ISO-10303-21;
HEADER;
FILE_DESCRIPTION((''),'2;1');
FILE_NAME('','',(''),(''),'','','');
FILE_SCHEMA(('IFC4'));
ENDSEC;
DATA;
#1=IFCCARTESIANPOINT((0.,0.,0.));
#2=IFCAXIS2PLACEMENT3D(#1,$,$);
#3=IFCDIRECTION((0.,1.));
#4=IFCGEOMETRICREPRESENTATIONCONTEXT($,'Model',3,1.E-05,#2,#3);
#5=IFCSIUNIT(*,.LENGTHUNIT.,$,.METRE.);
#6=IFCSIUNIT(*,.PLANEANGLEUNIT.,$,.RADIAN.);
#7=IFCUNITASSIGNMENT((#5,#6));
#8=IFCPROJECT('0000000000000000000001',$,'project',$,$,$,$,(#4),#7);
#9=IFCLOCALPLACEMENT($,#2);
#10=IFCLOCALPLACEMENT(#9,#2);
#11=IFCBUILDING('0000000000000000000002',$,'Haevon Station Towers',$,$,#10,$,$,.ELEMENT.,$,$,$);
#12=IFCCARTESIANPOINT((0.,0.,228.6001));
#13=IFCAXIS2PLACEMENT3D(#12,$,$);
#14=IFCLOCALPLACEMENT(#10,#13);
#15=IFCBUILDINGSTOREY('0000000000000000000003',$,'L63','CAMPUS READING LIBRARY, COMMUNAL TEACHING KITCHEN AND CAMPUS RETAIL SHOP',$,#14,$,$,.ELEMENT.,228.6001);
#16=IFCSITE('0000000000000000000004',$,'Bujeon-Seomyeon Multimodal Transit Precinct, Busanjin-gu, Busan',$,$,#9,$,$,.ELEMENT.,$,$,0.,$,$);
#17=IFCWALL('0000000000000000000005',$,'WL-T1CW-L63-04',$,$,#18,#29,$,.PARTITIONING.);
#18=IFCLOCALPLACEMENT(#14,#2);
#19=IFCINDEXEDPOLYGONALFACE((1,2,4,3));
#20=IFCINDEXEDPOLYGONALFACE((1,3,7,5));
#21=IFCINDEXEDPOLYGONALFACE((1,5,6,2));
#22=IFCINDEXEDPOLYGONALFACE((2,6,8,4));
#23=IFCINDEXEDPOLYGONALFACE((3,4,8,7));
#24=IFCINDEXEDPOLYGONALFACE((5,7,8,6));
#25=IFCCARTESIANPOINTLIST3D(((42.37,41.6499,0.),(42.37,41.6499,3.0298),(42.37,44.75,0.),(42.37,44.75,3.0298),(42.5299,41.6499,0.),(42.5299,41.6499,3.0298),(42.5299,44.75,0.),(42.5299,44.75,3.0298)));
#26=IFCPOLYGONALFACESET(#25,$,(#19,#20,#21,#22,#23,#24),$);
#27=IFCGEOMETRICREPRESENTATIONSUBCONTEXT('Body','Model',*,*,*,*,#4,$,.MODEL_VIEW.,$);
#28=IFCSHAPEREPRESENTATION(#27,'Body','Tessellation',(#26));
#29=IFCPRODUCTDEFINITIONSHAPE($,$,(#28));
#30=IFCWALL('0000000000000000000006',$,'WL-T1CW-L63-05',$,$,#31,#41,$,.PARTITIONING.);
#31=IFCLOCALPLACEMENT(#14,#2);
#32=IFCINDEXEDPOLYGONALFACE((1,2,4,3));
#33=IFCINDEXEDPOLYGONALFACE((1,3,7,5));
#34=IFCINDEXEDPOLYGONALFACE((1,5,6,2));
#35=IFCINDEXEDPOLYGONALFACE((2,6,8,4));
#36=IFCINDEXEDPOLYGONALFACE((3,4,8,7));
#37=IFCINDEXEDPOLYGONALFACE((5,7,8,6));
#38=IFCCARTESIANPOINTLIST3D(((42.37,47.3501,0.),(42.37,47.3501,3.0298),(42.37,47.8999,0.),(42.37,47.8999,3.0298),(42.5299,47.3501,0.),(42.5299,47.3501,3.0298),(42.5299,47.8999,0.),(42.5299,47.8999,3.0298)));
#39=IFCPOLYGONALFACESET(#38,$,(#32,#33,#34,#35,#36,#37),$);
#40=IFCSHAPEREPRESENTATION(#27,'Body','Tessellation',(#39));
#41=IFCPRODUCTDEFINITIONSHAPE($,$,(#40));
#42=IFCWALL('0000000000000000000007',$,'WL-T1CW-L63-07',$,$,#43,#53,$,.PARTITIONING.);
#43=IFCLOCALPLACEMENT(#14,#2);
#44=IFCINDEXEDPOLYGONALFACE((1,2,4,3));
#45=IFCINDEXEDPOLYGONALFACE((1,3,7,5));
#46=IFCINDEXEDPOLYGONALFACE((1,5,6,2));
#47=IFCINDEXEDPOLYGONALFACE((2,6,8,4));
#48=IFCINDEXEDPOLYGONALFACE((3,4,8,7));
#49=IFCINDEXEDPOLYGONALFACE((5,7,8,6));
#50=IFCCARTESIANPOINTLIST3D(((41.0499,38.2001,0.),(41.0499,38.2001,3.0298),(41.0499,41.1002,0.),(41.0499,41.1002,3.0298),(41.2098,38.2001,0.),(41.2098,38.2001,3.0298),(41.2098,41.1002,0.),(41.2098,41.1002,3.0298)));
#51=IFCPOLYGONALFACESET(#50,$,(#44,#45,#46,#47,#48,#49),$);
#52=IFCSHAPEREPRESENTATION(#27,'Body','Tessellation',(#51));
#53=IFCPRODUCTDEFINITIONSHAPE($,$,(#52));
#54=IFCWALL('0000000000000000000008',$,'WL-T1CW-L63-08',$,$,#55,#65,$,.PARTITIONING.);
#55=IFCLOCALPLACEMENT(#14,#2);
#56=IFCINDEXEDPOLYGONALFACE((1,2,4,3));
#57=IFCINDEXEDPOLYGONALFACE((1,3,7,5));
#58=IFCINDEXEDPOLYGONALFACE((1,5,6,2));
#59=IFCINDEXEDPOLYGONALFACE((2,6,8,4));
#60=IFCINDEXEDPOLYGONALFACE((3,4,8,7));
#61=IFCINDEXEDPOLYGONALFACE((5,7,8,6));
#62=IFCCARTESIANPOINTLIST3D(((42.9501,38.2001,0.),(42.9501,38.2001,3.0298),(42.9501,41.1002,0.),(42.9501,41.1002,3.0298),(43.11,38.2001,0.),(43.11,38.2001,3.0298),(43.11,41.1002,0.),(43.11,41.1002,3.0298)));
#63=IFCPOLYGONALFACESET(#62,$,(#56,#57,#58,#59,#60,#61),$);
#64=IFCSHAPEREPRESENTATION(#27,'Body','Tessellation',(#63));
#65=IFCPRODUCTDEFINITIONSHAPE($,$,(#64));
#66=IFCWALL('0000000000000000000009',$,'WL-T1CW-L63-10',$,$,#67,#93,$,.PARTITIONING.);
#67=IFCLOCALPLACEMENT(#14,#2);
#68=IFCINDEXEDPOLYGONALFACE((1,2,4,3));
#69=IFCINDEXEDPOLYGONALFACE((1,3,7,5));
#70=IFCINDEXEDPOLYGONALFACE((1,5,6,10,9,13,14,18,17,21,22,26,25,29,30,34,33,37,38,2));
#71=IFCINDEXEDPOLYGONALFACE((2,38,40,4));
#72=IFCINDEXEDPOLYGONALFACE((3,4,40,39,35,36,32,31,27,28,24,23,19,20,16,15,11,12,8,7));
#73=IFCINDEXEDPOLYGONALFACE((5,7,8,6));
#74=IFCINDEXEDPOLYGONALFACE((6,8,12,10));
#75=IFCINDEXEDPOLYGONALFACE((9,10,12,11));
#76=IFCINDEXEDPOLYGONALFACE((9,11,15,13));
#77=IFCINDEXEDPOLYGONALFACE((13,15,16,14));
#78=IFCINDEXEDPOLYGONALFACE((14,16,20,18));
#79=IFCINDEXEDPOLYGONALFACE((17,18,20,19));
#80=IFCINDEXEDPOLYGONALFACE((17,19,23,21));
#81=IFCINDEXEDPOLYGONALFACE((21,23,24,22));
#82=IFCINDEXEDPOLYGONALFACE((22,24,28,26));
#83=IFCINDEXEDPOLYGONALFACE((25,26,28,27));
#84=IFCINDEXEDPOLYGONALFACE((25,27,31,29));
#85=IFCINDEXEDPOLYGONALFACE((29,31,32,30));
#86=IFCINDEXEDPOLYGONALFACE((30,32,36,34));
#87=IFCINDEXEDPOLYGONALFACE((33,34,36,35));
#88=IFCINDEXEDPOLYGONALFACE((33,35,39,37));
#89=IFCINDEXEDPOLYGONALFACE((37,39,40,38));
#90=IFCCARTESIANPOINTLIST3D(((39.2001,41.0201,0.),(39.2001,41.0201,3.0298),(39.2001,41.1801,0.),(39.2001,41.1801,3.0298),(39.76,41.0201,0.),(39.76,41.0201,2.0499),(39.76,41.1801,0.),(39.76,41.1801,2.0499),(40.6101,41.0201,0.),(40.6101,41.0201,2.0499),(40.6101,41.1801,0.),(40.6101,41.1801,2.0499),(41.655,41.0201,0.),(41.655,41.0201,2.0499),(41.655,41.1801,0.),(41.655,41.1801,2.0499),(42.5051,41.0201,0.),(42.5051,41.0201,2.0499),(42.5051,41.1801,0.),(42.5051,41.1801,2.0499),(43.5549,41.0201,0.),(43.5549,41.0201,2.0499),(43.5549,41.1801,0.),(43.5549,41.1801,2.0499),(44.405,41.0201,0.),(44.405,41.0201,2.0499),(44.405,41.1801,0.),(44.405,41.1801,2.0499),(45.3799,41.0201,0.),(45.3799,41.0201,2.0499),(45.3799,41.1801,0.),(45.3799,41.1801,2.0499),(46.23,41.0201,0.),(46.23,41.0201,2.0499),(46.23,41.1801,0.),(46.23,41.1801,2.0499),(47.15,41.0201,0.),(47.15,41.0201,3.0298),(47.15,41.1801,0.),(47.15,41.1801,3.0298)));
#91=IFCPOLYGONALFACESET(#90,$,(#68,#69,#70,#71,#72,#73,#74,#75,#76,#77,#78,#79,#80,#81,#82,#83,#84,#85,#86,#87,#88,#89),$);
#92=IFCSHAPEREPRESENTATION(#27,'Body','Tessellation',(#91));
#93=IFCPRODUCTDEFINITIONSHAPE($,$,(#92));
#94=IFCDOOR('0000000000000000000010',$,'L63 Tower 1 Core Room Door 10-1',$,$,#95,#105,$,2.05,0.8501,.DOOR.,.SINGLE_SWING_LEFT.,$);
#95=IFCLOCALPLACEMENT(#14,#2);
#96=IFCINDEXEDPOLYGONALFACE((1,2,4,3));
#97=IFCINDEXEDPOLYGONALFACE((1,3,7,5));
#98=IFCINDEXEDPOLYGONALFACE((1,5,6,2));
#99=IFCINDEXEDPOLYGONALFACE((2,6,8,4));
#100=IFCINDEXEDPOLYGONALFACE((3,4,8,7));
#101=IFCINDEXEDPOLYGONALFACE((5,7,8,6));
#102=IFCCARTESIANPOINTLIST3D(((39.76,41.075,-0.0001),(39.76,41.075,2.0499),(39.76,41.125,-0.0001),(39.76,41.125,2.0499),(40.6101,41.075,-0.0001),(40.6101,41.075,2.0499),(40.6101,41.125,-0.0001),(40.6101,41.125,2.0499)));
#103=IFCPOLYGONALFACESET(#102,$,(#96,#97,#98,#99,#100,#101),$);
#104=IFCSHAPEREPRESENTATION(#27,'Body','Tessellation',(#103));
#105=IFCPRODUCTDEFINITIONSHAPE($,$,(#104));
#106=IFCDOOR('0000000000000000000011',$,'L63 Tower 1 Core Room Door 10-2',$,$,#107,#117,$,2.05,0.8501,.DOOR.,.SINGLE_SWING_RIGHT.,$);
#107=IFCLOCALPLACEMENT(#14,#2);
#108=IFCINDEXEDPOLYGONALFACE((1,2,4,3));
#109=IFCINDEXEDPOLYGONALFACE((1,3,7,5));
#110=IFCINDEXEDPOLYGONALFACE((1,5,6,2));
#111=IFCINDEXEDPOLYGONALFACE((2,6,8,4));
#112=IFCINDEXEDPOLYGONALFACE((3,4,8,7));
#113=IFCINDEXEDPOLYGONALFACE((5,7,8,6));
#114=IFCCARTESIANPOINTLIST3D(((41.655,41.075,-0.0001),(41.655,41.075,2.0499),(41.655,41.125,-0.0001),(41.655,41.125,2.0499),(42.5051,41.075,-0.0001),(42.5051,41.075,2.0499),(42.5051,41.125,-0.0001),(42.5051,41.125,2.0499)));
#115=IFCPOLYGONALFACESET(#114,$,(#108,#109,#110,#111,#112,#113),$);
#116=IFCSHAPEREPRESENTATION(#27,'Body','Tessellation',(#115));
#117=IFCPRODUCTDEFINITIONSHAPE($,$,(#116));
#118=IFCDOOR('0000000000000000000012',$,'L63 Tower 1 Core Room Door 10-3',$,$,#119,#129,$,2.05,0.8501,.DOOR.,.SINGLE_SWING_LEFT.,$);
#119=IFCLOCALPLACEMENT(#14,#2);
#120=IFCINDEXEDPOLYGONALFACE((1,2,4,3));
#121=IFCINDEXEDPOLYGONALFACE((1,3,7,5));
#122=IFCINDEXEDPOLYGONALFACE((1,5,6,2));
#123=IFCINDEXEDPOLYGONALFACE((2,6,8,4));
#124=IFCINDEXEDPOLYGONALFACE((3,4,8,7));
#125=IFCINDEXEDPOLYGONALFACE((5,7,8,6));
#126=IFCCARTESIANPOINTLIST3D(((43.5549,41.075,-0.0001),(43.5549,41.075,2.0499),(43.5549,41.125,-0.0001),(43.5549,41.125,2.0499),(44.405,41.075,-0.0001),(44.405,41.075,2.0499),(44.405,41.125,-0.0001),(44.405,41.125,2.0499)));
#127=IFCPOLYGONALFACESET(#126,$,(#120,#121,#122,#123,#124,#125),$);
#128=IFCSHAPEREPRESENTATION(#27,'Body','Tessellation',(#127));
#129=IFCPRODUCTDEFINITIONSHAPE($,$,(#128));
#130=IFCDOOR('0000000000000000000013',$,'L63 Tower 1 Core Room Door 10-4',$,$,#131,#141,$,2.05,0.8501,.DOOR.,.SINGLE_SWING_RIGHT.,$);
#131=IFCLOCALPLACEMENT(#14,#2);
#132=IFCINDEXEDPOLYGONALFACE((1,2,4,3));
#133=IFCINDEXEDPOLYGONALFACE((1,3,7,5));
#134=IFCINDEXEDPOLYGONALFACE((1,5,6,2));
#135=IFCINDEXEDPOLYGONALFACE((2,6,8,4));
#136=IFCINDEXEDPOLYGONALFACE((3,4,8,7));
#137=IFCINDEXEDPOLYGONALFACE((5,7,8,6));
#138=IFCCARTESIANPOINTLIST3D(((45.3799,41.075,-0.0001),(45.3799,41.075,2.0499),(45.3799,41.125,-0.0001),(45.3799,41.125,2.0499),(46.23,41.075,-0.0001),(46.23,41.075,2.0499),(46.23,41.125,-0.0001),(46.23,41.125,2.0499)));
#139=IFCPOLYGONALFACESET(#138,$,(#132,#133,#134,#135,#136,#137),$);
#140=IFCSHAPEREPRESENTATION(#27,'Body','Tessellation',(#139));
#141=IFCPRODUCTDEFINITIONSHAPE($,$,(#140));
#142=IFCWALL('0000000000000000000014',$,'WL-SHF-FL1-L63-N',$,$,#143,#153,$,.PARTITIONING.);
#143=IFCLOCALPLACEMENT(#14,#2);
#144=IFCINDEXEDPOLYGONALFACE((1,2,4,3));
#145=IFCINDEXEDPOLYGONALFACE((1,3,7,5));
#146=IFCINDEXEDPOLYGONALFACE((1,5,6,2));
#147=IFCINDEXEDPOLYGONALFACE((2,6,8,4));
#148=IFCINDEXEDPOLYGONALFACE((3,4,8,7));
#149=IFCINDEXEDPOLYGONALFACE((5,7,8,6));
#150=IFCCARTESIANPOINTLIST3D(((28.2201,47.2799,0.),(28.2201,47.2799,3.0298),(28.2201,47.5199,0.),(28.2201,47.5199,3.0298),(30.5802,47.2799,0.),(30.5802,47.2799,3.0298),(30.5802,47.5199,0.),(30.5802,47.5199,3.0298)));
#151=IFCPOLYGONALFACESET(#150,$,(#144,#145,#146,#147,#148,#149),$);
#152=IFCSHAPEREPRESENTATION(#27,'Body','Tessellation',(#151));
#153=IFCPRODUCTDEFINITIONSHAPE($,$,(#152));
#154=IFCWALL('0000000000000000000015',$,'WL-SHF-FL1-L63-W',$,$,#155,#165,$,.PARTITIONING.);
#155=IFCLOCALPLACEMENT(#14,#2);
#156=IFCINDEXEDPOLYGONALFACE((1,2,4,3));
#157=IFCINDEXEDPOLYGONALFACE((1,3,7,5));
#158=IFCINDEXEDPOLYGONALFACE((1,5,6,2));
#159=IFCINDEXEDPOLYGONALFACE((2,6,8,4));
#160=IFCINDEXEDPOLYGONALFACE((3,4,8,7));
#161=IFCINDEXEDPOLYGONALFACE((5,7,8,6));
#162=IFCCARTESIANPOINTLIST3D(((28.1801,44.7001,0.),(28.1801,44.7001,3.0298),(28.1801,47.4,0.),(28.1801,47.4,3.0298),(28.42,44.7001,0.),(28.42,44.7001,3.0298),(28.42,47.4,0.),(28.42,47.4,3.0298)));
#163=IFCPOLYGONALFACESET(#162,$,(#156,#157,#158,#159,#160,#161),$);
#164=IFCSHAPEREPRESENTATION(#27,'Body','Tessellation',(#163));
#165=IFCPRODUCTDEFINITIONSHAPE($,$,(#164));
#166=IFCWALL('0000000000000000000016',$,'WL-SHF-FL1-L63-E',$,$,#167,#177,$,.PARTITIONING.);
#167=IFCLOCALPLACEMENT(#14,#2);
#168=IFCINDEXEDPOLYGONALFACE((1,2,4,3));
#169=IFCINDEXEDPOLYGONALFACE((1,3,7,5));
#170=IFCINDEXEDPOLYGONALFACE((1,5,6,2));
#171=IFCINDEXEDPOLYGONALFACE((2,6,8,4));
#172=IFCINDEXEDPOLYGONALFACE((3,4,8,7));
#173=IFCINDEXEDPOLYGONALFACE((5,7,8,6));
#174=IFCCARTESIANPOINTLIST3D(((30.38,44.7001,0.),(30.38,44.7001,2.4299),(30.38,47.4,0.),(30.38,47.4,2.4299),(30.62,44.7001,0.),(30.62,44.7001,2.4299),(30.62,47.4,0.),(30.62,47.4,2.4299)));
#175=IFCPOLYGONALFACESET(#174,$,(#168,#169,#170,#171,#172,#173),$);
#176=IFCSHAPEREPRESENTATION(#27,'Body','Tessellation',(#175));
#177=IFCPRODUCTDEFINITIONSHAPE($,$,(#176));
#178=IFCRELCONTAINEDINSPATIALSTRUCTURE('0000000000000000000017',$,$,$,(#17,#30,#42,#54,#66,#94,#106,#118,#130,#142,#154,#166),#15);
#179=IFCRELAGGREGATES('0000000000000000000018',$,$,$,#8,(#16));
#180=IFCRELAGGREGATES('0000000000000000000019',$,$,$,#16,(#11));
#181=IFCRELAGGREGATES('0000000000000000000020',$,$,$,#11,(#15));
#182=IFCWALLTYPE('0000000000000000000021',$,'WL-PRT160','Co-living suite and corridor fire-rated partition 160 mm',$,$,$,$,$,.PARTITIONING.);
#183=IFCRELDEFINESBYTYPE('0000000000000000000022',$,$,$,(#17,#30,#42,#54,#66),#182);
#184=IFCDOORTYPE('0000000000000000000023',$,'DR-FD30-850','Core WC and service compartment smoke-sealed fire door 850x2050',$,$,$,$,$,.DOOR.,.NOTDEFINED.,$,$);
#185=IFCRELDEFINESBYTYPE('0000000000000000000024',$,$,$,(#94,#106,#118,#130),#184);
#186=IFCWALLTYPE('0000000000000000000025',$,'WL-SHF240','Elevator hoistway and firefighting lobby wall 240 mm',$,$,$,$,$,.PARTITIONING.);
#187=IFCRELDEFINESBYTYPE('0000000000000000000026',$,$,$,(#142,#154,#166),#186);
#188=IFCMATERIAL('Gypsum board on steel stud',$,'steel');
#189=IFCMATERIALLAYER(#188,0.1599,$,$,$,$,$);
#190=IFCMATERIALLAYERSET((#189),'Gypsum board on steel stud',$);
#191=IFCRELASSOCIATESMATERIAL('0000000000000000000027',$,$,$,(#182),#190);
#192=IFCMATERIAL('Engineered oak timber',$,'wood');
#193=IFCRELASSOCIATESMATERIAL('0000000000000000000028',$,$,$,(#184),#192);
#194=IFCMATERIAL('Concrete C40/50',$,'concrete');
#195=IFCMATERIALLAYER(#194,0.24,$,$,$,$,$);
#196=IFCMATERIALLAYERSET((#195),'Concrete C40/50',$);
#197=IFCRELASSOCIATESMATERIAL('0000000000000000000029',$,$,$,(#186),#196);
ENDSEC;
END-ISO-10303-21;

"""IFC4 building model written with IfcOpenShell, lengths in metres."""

from ifc_helpers import new_model, si_unit, direction, frame, frame_2d, origin, place, context, subcontext, project, spatial, rectangle, extrude, material, layer, layer_set, type_object, element, fill, save


model = new_model("IFC4")

# Units and contexts
model_context = context("Model", 3, precision=1e-05, world=origin(), true_north=direction((0.0, 1.0)))
body_context = subcontext(model_context, "Body", "Model", "MODEL_VIEW")
ifc_project = project(units=[si_unit("LENGTHUNIT", "METRE"), si_unit("PLANEANGLEUNIT", "RADIAN")], contexts=[model_context])

# Site, building, storey
site_placement = place(None, origin())
site = spatial("IfcSite", under=ifc_project, at=site_placement, Name="Bujeon-Seomyeon Multimodal Transit Precinct, Busanjin-gu, Busan", CompositionType="ELEMENT", RefElevation=0.0)
building_placement = place(site_placement, origin())
building = spatial("IfcBuilding", under=site, at=building_placement, Name="Haevon Station Towers", CompositionType="ELEMENT")
storey_placement = place(building_placement, frame((0.0, 0.0, 228.6001)))
storey = spatial("IfcBuildingStorey", under=building, at=storey_placement, Name="L63", Description="CAMPUS READING LIBRARY, COMMUNAL TEACHING KITCHEN AND CAMPUS RETAIL SHOP", CompositionType="ELEMENT", Elevation=228.6001)

# Shared definitions
ifc_material_1 = material(Name="Gypsum board on steel stud", Category="steel")
ifc_layer_1 = layer(ifc_material_1, 0.1599)
ifc_layer_set_1 = layer_set([ifc_layer_1], Name="Gypsum board on steel stud")
wall_type_1 = type_object("IfcWallType", Name="WL-PRT160", Description="Co-living suite and corridor fire-rated partition 160 mm", PredefinedType="PARTITIONING", material=ifc_layer_set_1)
ifc_material_2 = material(Name="Engineered oak timber", Category="wood")

# Walls
wall_1_placement = place(storey_placement, frame((42.45, 41.6499, 0.0), z_axis=(0.0, 0.0, 1.0), x_axis=(0.0, 1.0, 0.0)))
element("IfcWall", 1, at=wall_1_placement, inside=storey, type_object=wall_type_1, Name="WL-T1CW-L63-04", PredefinedType="PARTITIONING", context=body_context, shape_type="SweptSolid", body=[
    extrude(rectangle(XDim=3.1001, YDim=0.1599, at=frame_2d((1.55, 0.0))), origin(), (0.0, 0.0, 1.0), 3.0298),
])
wall_2_placement = place(storey_placement, frame((42.45, 47.3501, 0.0), z_axis=(0.0, 0.0, 1.0), x_axis=(0.0, 1.0, 0.0)))
element("IfcWall", 2, at=wall_2_placement, inside=storey, type_object=wall_type_1, Name="WL-T1CW-L63-05", PredefinedType="PARTITIONING", context=body_context, shape_type="SweptSolid", body=[
    extrude(rectangle(XDim=0.5498, YDim=0.1599, at=frame_2d((0.2749, 0.0))), origin(), (0.0, 0.0, 1.0), 3.0298),
])
for number, where, z_axis, x_axis, name in (
    (3, (41.1299, 38.2, 0.0), (0.0, 0.0, 1.0), (0.0, 1.0, 0.0), "WL-T1CW-L63-07"),
    (4, (43.03, 38.2, 0.0), (0.0, 0.0, 1.0), (0.0, 1.0, 0.0), "WL-T1CW-L63-08"),
):
    element("IfcWall", number, at=place(storey_placement, frame(where, z_axis=z_axis, x_axis=x_axis)), inside=storey, type_object=wall_type_1, Name=name, PredefinedType="PARTITIONING", context=body_context, shape_type="SweptSolid", body=[
        extrude(rectangle(XDim=2.9001, YDim=0.1599, at=frame_2d((1.4502, 0.0))), origin(), (0.0, 0.0, 1.0), 3.0298),
    ])

# Wall, openings, doors
wall_3_placement = place(storey_placement, frame((39.2, 41.1001, 0.0), z_axis=(0.0, 0.0, 1.0), x_axis=(1.0, 0.0, 0.0)))
wall_3 = element("IfcWall", 5, at=wall_3_placement, inside=storey, type_object=wall_type_1, Name="WL-T1CW-L63-10", PredefinedType="PARTITIONING", context=body_context, shape_type="SweptSolid", body=[
    extrude(rectangle(XDim=7.95, YDim=0.1599, at=frame_2d((3.9751, 0.0))), origin(), (0.0, 0.0, 1.0), 3.0298),
])
opening_1_placement = place(wall_3_placement, frame((0.5601, 0.0, 0.0)))
opening_1 = element("IfcOpeningElement", 6, at=opening_1_placement, cuts=wall_3, PredefinedType="OPENING", context=body_context, shape_type="SweptSolid", body=[
    extrude(rectangle(XDim=0.8501, YDim=2.05, at=frame_2d((0.425, 1.0249))), frame((0.0, 0.0898, 0.0), z_axis=(0.0, -1.0, 0.0), x_axis=(1.0, 0.0, 0.0)), (0.0, 0.0, 1.0), 0.1799),
])
opening_2_placement = place(wall_3_placement, frame((2.4551, 0.0, 0.0)))
opening_2 = element("IfcOpeningElement", 7, at=opening_2_placement, cuts=wall_3, PredefinedType="OPENING", context=body_context, shape_type="SweptSolid", body=[
    extrude(rectangle(XDim=0.8501, YDim=2.05, at=frame_2d((0.425, 1.0249))), frame((0.0, 0.0898, 0.0), z_axis=(0.0, -1.0, 0.0), x_axis=(1.0, 0.0, 0.0)), (0.0, 0.0, 1.0), 0.1799),
])
opening_3_placement = place(wall_3_placement, frame((4.355, 0.0, 0.0)))
opening_3 = element("IfcOpeningElement", 8, at=opening_3_placement, cuts=wall_3, PredefinedType="OPENING", context=body_context, shape_type="SweptSolid", body=[
    extrude(rectangle(XDim=0.8501, YDim=2.05, at=frame_2d((0.425, 1.0249))), frame((0.0, 0.0898, 0.0), z_axis=(0.0, -1.0, 0.0), x_axis=(1.0, 0.0, 0.0)), (0.0, 0.0, 1.0), 0.1799),
])
opening_4_placement = place(wall_3_placement, frame((6.1799, 0.0, 0.0)))
opening_4 = element("IfcOpeningElement", 9, at=opening_4_placement, cuts=wall_3, PredefinedType="OPENING", context=body_context, shape_type="SweptSolid", body=[
    extrude(rectangle(XDim=0.8501, YDim=2.05, at=frame_2d((0.425, 1.0249))), frame((0.0, 0.0898, 0.0), z_axis=(0.0, -1.0, 0.0), x_axis=(1.0, 0.0, 0.0)), (0.0, 0.0, 1.0), 0.1799),
])
door_type_1 = type_object("IfcDoorType", Name="DR-FD30-850", Description="Core WC and service compartment smoke-sealed fire door 850x2050", OperationType="NOTDEFINED", PredefinedType="DOOR", material=ifc_material_2)
door_1_placement = place(opening_1_placement, origin())
door_1 = element("IfcDoor", 10, at=door_1_placement, inside=storey, type_object=door_type_1, Name="L63 Tower 1 Core Room Door 10-1", OperationType="SINGLE_SWING_LEFT", OverallHeight=2.05, OverallWidth=0.8501, PredefinedType="DOOR", context=body_context, shape_type="SweptSolid", body=[
    extrude(rectangle(XDim=0.8501, YDim=2.05, at=frame_2d((0.425, 1.0249))), frame((0.0, 0.0249, 0.0), z_axis=(0.0, -1.0, 0.0), x_axis=(1.0, 0.0, 0.0)), (0.0, 0.0, 1.0), 0.05),
])
fill(opening_1, door_1)
door_2_placement = place(opening_2_placement, origin())
door_2 = element("IfcDoor", 11, at=door_2_placement, inside=storey, type_object=door_type_1, Name="L63 Tower 1 Core Room Door 10-2", OperationType="SINGLE_SWING_RIGHT", OverallHeight=2.05, OverallWidth=0.8501, PredefinedType="DOOR", context=body_context, shape_type="SweptSolid", body=[
    extrude(rectangle(XDim=0.8501, YDim=2.05, at=frame_2d((0.425, 1.0249))), frame((0.0, 0.0249, 0.0), z_axis=(0.0, -1.0, 0.0), x_axis=(1.0, 0.0, 0.0)), (0.0, 0.0, 1.0), 0.05),
])
fill(opening_2, door_2)
door_3_placement = place(opening_3_placement, origin())
door_3 = element("IfcDoor", 12, at=door_3_placement, inside=storey, type_object=door_type_1, Name="L63 Tower 1 Core Room Door 10-3", OperationType="SINGLE_SWING_LEFT", OverallHeight=2.05, OverallWidth=0.8501, PredefinedType="DOOR", context=body_context, shape_type="SweptSolid", body=[
    extrude(rectangle(XDim=0.8501, YDim=2.05, at=frame_2d((0.425, 1.0249))), frame((0.0, 0.0249, 0.0), z_axis=(0.0, -1.0, 0.0), x_axis=(1.0, 0.0, 0.0)), (0.0, 0.0, 1.0), 0.05),
])
fill(opening_3, door_3)
door_4_placement = place(opening_4_placement, origin())
door_4 = element("IfcDoor", 13, at=door_4_placement, inside=storey, type_object=door_type_1, Name="L63 Tower 1 Core Room Door 10-4", OperationType="SINGLE_SWING_RIGHT", OverallHeight=2.05, OverallWidth=0.8501, PredefinedType="DOOR", context=body_context, shape_type="SweptSolid", body=[
    extrude(rectangle(XDim=0.8501, YDim=2.05, at=frame_2d((0.425, 1.0249))), frame((0.0, 0.0249, 0.0), z_axis=(0.0, -1.0, 0.0), x_axis=(1.0, 0.0, 0.0)), (0.0, 0.0, 1.0), 0.05),
])
fill(opening_4, door_4)

# Walls
ifc_material_3 = material(Name="Concrete C40/50", Category="concrete")
ifc_layer_2 = layer(ifc_material_3, 0.24)
ifc_layer_set_2 = layer_set([ifc_layer_2], Name="Concrete C40/50")
wall_type_2 = type_object("IfcWallType", Name="WL-SHF240", Description="Elevator hoistway and firefighting lobby wall 240 mm", PredefinedType="PARTITIONING", material=ifc_layer_set_2)
wall_4_placement = place(storey_placement, frame((28.22, 47.3999, 0.0), z_axis=(0.0, 0.0, 1.0), x_axis=(1.0, 0.0, 0.0)))
element("IfcWall", 14, at=wall_4_placement, inside=storey, type_object=wall_type_2, Name="WL-SHF-FL1-L63-N", PredefinedType="PARTITIONING", context=body_context, shape_type="SweptSolid", body=[
    extrude(rectangle(XDim=2.3601, YDim=0.24, at=frame_2d((1.1802, 0.0))), origin(), (0.0, 0.0, 1.0), 3.0298),
])
wall_5_placement = place(storey_placement, frame((28.3, 44.7, 0.0), z_axis=(0.0, 0.0, 1.0), x_axis=(0.0, 1.0, 0.0)))
element("IfcWall", 15, at=wall_5_placement, inside=storey, type_object=wall_type_2, Name="WL-SHF-FL1-L63-W", PredefinedType="PARTITIONING", context=body_context, shape_type="SweptSolid", body=[
    extrude(rectangle(XDim=2.7, YDim=0.24, at=frame_2d((1.3501, 0.0))), origin(), (0.0, 0.0, 1.0), 3.0298),
])
wall_6_placement = place(storey_placement, frame((30.5, 44.7, 0.0), z_axis=(0.0, 0.0, 1.0), x_axis=(0.0, 1.0, 0.0)))
element("IfcWall", 16, at=wall_6_placement, inside=storey, type_object=wall_type_2, Name="WL-SHF-FL1-L63-E", PredefinedType="PARTITIONING", context=body_context, shape_type="SweptSolid", body=[
    extrude(rectangle(XDim=2.7, YDim=0.24, at=frame_2d((1.3501, 0.0))), origin(), (0.0, 0.0, 1.0), 2.4299),
])

save(model, "model.ifc")
